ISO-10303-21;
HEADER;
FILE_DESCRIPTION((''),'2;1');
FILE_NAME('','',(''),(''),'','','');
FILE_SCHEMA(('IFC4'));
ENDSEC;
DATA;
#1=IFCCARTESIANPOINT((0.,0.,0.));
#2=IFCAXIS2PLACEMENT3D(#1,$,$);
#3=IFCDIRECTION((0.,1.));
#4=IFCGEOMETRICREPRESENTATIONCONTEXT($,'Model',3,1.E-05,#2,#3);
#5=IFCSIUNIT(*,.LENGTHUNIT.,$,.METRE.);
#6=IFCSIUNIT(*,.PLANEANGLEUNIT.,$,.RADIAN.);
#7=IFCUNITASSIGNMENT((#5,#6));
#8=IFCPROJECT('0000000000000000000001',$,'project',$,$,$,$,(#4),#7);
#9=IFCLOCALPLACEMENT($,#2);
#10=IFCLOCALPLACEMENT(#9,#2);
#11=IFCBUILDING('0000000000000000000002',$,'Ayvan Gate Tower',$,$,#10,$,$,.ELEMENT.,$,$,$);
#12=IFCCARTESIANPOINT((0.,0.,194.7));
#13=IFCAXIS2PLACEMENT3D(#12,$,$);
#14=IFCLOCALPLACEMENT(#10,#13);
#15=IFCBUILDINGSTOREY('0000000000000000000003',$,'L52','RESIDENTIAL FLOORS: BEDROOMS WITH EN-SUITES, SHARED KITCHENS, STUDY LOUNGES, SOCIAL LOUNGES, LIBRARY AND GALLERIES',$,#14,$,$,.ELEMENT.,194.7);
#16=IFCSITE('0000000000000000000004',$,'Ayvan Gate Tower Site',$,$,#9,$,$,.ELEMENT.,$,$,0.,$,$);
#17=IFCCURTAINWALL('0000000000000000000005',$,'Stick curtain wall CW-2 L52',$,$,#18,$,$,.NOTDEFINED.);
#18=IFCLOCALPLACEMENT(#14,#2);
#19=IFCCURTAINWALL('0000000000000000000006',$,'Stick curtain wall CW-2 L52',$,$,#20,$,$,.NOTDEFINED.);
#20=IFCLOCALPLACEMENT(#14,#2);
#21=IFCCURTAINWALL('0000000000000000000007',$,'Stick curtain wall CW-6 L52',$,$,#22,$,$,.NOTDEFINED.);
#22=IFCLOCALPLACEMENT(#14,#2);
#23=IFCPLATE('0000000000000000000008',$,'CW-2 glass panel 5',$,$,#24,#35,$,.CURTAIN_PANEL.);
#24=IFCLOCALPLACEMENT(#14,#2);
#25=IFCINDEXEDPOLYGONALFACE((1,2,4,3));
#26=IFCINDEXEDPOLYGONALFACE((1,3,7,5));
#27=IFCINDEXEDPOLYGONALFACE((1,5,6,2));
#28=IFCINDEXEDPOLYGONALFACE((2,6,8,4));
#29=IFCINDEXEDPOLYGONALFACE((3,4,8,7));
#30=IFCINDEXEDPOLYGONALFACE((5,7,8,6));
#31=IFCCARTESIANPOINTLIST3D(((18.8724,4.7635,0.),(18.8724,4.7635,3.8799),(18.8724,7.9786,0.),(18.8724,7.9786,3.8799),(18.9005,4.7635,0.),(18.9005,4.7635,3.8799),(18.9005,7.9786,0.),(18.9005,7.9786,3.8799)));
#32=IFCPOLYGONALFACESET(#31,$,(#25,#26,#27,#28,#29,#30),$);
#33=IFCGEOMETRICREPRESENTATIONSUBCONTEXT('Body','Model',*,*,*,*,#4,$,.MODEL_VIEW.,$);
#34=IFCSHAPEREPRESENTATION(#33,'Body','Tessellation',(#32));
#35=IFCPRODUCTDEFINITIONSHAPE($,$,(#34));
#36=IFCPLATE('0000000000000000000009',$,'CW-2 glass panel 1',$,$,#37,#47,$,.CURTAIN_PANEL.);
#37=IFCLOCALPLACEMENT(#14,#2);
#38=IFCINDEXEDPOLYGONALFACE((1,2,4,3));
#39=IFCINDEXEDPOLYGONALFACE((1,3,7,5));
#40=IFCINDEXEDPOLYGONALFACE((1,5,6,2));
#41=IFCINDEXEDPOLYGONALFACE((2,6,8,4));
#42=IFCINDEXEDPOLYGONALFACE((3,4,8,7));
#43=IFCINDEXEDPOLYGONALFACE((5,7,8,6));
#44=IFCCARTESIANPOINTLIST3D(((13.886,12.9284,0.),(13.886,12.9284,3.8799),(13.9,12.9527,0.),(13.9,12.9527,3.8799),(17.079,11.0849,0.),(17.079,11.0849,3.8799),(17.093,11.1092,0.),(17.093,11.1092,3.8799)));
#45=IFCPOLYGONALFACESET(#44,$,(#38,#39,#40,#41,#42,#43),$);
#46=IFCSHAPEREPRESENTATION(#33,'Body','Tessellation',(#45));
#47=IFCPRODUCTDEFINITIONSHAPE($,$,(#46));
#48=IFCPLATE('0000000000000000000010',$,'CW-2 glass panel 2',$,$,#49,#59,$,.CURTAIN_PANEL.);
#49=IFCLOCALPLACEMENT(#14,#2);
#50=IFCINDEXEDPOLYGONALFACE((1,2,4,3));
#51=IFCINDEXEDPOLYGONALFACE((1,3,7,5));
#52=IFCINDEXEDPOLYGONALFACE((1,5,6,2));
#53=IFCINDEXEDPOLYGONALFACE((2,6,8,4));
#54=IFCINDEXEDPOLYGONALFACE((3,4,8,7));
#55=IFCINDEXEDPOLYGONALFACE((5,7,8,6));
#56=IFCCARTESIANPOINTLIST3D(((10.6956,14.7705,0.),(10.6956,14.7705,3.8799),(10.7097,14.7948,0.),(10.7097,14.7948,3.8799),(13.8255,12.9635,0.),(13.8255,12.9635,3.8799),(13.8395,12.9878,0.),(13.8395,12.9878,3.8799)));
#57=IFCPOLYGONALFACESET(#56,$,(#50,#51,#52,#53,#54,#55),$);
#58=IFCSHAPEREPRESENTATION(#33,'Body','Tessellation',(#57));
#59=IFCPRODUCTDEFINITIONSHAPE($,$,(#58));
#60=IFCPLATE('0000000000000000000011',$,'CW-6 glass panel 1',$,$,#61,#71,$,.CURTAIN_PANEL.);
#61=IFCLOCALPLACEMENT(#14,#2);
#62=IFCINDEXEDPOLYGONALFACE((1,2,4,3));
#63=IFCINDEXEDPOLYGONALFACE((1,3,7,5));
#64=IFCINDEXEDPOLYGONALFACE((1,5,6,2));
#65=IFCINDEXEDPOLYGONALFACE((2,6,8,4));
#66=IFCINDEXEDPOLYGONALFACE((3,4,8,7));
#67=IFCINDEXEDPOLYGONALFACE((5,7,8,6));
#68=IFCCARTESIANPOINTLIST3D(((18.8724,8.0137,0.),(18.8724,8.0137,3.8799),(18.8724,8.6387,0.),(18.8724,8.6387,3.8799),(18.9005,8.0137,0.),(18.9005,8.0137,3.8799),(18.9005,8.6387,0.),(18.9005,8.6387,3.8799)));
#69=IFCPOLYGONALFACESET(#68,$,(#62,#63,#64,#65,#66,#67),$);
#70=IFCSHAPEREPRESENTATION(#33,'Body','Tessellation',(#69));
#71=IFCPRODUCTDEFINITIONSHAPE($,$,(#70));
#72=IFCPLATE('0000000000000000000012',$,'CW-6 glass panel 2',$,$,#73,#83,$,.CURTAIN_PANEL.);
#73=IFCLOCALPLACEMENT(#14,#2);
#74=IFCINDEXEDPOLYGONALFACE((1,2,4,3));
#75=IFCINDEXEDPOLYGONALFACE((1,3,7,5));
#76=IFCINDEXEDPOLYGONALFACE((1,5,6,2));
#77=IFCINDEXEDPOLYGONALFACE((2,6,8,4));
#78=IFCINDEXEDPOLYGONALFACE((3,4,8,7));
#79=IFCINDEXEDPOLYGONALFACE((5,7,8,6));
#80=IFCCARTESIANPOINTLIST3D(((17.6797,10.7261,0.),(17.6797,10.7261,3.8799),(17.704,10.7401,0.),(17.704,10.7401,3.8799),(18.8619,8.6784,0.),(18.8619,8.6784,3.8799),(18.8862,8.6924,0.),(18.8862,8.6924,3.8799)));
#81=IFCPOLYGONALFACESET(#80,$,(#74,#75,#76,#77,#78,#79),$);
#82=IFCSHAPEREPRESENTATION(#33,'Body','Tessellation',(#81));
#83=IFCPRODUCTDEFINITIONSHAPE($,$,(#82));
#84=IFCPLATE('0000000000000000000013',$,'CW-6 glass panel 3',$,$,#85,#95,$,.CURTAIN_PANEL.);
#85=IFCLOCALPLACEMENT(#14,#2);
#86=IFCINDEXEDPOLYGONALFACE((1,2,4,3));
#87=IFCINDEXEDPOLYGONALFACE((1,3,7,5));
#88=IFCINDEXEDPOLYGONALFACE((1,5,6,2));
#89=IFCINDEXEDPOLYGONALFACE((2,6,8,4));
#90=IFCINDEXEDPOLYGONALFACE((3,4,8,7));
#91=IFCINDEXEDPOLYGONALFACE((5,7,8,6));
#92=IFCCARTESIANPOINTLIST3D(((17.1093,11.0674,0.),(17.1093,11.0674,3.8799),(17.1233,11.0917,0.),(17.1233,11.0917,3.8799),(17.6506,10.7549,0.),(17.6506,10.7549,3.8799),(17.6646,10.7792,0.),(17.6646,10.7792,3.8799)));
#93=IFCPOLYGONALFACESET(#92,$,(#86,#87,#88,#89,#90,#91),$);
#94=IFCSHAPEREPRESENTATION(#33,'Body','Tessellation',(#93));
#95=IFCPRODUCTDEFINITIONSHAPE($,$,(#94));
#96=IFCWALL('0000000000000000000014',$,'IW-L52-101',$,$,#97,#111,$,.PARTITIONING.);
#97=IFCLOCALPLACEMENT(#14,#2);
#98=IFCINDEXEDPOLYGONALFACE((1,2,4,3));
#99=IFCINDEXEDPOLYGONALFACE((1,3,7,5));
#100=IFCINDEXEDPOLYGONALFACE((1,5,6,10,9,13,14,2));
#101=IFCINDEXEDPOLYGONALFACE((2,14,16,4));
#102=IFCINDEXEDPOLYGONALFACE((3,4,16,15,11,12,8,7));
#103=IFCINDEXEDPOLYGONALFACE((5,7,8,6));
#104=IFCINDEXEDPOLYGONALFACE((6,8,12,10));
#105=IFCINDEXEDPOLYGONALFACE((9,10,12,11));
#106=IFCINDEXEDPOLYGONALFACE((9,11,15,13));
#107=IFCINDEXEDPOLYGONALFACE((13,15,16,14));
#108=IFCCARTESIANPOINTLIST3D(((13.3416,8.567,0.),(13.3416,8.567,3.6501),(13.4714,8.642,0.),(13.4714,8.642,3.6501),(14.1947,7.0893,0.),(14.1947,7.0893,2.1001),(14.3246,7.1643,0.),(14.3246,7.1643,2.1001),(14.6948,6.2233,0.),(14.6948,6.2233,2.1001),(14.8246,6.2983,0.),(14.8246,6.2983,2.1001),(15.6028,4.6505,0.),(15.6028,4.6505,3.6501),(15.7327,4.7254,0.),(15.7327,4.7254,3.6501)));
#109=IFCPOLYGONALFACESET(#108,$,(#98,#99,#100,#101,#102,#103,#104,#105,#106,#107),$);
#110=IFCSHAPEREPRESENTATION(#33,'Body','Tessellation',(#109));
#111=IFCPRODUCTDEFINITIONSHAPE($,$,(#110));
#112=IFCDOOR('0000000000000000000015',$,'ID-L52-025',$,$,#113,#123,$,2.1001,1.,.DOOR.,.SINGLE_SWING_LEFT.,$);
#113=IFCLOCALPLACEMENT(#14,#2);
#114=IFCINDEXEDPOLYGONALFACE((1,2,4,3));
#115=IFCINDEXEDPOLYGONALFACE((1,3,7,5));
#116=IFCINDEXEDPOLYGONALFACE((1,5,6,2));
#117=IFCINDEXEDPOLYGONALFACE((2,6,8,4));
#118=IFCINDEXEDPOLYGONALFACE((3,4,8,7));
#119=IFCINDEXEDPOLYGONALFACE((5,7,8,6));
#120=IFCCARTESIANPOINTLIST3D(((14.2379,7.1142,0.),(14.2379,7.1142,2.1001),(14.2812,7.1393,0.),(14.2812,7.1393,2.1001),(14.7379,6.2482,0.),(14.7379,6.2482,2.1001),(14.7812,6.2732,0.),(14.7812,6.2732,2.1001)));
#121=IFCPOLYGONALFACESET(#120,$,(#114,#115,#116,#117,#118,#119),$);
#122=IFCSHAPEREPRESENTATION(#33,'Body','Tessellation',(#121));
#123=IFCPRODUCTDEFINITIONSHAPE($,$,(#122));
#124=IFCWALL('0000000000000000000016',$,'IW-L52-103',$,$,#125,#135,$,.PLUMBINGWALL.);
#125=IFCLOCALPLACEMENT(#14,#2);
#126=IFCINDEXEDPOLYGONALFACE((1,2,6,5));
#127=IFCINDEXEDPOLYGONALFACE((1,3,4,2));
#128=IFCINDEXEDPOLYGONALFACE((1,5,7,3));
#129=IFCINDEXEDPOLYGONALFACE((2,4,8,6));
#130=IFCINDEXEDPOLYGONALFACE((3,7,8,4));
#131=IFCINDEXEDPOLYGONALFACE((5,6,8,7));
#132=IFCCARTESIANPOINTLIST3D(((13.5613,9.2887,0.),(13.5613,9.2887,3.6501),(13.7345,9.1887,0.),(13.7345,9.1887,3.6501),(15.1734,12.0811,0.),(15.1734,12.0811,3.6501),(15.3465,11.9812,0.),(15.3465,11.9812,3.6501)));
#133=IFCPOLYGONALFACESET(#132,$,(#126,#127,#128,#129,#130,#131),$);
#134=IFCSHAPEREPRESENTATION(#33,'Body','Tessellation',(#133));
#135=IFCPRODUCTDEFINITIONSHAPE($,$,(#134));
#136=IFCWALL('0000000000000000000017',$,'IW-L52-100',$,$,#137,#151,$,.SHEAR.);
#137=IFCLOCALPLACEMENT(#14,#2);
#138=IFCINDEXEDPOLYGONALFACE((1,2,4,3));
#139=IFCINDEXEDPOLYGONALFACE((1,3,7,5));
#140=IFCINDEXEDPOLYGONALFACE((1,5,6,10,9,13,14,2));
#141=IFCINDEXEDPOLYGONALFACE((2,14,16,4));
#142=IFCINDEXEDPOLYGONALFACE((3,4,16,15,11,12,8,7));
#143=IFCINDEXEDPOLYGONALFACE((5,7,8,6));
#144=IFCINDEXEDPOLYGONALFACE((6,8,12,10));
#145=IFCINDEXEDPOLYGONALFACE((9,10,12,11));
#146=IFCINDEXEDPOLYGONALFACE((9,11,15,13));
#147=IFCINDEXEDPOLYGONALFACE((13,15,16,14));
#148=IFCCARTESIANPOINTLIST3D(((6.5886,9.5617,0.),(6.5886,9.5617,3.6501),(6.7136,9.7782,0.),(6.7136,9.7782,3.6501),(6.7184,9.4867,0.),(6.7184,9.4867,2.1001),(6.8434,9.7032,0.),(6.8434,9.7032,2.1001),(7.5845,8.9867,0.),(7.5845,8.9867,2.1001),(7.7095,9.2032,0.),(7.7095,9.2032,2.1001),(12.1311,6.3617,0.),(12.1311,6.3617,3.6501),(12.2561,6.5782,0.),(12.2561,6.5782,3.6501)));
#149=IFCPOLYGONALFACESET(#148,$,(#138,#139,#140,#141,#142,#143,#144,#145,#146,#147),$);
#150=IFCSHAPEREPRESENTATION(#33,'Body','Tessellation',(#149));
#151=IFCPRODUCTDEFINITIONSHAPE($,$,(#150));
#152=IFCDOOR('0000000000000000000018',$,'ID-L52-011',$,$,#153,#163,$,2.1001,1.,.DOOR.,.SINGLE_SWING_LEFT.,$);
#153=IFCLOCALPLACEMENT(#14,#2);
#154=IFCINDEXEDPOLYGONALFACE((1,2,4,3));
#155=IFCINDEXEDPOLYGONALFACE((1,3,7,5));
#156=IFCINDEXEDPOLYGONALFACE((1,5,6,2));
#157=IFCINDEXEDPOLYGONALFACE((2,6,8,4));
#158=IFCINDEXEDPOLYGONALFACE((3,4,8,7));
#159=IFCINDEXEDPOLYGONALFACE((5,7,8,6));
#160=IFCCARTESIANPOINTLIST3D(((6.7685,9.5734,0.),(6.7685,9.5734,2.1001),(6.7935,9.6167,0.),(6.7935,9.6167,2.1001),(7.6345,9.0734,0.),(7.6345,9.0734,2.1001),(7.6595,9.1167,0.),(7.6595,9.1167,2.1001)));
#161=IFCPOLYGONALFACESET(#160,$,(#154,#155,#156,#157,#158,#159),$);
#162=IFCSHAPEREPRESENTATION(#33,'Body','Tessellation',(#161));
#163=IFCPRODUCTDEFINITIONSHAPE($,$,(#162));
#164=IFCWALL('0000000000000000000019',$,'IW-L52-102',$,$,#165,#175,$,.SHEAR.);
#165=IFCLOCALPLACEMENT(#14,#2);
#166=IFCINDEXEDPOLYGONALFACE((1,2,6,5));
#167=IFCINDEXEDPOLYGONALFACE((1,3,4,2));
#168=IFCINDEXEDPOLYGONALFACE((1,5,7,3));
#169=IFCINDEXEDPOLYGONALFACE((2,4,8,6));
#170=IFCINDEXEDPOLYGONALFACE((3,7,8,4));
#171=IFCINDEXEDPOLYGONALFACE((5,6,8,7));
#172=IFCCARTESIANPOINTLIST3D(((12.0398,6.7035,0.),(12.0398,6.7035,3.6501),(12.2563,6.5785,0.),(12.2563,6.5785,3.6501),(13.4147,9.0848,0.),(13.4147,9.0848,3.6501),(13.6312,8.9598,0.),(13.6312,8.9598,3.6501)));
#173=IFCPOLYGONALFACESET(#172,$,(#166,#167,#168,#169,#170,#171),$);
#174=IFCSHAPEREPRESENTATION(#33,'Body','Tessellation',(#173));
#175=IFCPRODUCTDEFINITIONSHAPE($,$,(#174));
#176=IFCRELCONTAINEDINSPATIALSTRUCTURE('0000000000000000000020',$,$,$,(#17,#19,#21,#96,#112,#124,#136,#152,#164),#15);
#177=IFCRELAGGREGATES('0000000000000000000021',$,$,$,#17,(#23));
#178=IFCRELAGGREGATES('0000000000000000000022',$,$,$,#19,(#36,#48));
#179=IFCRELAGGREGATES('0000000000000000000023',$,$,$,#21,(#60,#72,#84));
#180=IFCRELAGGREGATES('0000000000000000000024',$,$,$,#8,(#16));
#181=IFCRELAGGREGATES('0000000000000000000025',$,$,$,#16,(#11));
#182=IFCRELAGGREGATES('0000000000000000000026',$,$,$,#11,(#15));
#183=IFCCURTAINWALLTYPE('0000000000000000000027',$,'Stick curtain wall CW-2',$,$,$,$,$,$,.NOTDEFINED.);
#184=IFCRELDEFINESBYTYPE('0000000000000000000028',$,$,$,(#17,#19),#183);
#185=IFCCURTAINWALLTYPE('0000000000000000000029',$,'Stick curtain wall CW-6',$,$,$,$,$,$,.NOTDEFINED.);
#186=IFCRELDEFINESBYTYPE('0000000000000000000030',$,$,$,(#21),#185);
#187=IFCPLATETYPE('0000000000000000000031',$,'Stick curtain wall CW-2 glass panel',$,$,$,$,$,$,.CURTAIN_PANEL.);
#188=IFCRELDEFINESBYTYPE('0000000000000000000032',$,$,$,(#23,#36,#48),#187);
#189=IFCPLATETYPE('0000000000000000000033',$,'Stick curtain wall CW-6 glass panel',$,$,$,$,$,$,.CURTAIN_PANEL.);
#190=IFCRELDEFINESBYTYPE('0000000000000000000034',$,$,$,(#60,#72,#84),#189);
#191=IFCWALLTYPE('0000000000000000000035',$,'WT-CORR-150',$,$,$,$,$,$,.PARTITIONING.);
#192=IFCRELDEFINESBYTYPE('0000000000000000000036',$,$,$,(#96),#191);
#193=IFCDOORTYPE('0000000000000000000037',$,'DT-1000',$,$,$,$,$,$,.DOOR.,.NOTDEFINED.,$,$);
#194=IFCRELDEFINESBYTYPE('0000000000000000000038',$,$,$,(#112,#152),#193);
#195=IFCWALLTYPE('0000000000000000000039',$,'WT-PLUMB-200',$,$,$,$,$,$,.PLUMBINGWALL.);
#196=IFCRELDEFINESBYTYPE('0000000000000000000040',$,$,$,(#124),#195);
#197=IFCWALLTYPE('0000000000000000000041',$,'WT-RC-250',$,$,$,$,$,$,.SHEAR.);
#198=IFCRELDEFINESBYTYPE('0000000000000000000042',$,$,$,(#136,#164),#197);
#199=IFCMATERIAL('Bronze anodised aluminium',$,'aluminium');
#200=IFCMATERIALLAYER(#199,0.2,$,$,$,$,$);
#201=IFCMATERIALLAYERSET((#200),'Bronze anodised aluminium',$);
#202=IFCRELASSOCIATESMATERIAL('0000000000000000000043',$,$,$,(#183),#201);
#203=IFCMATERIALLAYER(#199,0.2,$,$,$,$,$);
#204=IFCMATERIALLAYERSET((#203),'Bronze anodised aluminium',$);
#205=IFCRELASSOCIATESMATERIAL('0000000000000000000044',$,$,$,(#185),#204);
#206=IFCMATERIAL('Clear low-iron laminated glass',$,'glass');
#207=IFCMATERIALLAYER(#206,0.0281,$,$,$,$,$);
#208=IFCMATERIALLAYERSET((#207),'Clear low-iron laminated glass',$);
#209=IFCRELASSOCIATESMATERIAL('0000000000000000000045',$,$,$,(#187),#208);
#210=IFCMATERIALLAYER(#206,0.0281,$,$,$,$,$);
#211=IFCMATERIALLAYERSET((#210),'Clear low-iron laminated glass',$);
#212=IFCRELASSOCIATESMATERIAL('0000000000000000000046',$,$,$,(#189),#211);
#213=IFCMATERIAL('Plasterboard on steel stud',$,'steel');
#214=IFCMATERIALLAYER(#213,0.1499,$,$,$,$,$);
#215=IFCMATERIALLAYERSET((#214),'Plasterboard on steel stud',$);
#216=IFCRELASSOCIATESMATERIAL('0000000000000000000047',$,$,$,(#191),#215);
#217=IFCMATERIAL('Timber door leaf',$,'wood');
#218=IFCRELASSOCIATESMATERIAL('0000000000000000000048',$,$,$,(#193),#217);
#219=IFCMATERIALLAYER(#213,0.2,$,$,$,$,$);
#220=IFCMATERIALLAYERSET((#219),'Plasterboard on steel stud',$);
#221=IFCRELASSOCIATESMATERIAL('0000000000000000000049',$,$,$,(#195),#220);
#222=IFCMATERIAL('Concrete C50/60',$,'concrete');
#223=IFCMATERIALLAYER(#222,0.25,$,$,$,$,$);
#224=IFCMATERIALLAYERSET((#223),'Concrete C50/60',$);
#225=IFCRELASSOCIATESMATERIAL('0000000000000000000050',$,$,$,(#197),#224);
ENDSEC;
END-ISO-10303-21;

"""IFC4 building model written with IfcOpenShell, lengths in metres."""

from ifc_helpers import new_model, si_unit, direction, frame, frame_2d, origin, origin_2d, place, context, subcontext, project, spatial, rectangle, extrude, material, layer, layer_set, type_object, element, fill, aggregate, save


model = new_model("IFC4")

# Units and contexts
model_context = context("Model", 3, precision=1e-05, world=origin(), true_north=direction((0.0, 1.0)))
body_context = subcontext(model_context, "Body", "Model", "MODEL_VIEW")
ifc_project = project(units=[si_unit("LENGTHUNIT", "METRE"), si_unit("PLANEANGLEUNIT", "RADIAN")], contexts=[model_context])

# Site, building, storey
site_placement = place(None, origin())
site = spatial("IfcSite", under=ifc_project, at=site_placement, Name="Ayvan Gate Tower Site", CompositionType="ELEMENT", RefElevation=0.0)
building_placement = place(site_placement, origin())
building = spatial("IfcBuilding", under=site, at=building_placement, Name="Ayvan Gate Tower", CompositionType="ELEMENT")
storey_placement = place(building_placement, frame((0.0, 0.0, 194.7)))
storey = spatial("IfcBuildingStorey", under=building, at=storey_placement, Name="L52", Description="RESIDENTIAL FLOORS: BEDROOMS WITH EN-SUITES, SHARED KITCHENS, STUDY LOUNGES, SOCIAL LOUNGES, LIBRARY AND GALLERIES", CompositionType="ELEMENT", Elevation=194.7)

# Curtain wall
ifc_material_1 = material(Name="Bronze anodised aluminium", Category="aluminium")
ifc_layer_1 = layer(ifc_material_1, 0.2)
ifc_layer_set_1 = layer_set([ifc_layer_1], Name="Bronze anodised aluminium")
curtain_wall_type_1 = type_object("IfcCurtainWallType", Name="Stick curtain wall CW-2", PredefinedType="NOTDEFINED", material=ifc_layer_set_1)
curtain_wall_1_placement = place(storey_placement, origin())
curtain_wall_1 = element("IfcCurtainWall", 1, at=curtain_wall_1_placement, inside=storey, type_object=curtain_wall_type_1, Name="Stick curtain wall CW-2 L52", PredefinedType="NOTDEFINED")

# Curtain walls
curtain_wall_2_placement = place(storey_placement, origin())
curtain_wall_2 = element("IfcCurtainWall", 2, at=curtain_wall_2_placement, inside=storey, type_object=curtain_wall_type_1, Name="Stick curtain wall CW-2 L52", PredefinedType="NOTDEFINED")
ifc_layer_2 = layer(ifc_material_1, 0.2)
ifc_layer_set_2 = layer_set([ifc_layer_2], Name="Bronze anodised aluminium")
curtain_wall_type_2 = type_object("IfcCurtainWallType", Name="Stick curtain wall CW-6", PredefinedType="NOTDEFINED", material=ifc_layer_set_2)
curtain_wall_3_placement = place(storey_placement, origin())
curtain_wall_3 = element("IfcCurtainWall", 3, at=curtain_wall_3_placement, inside=storey, type_object=curtain_wall_type_2, Name="Stick curtain wall CW-6 L52", PredefinedType="NOTDEFINED")

# Plates
ifc_material_2 = material(Name="Clear low-iron laminated glass", Category="glass")
ifc_layer_3 = layer(ifc_material_2, 0.0281)
ifc_layer_set_3 = layer_set([ifc_layer_3], Name="Clear low-iron laminated glass")
plate_type_1 = type_object("IfcPlateType", Name="Stick curtain wall CW-2 glass panel", PredefinedType="CURTAIN_PANEL", material=ifc_layer_set_3)
plate_1_placement = place(storey_placement, frame((18.8865, 6.3711, 0.0), z_axis=(0.0, 0.0, 1.0), x_axis=(0.0, 1.0, 0.0)))
plate_1 = element("IfcPlate", 4, at=plate_1_placement, type_object=plate_type_1, Name="CW-2 glass panel 5", PredefinedType="CURTAIN_PANEL", context=body_context, shape_type="SweptSolid", body=[
    extrude(rectangle(XDim=3.2151, YDim=0.0281, at=origin_2d()), origin(), (0.0, 0.0, 1.0), 3.8799),
])
aggregate(curtain_wall_1, [plate_1])
plate_2_placement = place(storey_placement, frame((15.4895, 12.0188, 0.0), z_axis=(0.0, 0.0, 1.0), x_axis=(-0.866025, 0.5, 0.0)))
plate_2 = element("IfcPlate", 5, at=plate_2_placement, type_object=plate_type_1, Name="CW-2 glass panel 1", PredefinedType="CURTAIN_PANEL", context=body_context, shape_type="SweptSolid", body=[
    extrude(rectangle(XDim=3.687, YDim=0.0281, at=origin_2d()), origin(), (0.0, 0.0, 1.0), 3.8799),
])
plate_3_placement = place(storey_placement, frame((12.2676, 13.8792, 0.0), z_axis=(0.0, 0.0, 1.0), x_axis=(-0.866025, 0.5, 0.0)))
plate_3 = element("IfcPlate", 6, at=plate_3_placement, type_object=plate_type_1, Name="CW-2 glass panel 2", PredefinedType="CURTAIN_PANEL", context=body_context, shape_type="SweptSolid", body=[
    extrude(rectangle(XDim=3.614, YDim=0.0281, at=origin_2d()), origin(), (0.0, 0.0, 1.0), 3.8799),
])
aggregate(curtain_wall_2, [plate_2, plate_3])
ifc_layer_4 = layer(ifc_material_2, 0.0281)
ifc_layer_set_4 = layer_set([ifc_layer_4], Name="Clear low-iron laminated glass")
plate_type_2 = type_object("IfcPlateType", Name="Stick curtain wall CW-6 glass panel", PredefinedType="CURTAIN_PANEL", material=ifc_layer_set_4)
plate_4_placement = place(storey_placement, frame((18.8865, 8.3262, 0.0), z_axis=(0.0, 0.0, 1.0), x_axis=(0.0, 1.0, 0.0)))
plate_4 = element("IfcPlate", 7, at=plate_4_placement, type_object=plate_type_2, Name="CW-6 glass panel 1", PredefinedType="CURTAIN_PANEL", context=body_context, shape_type="SweptSolid", body=[
    extrude(rectangle(XDim=0.625, YDim=0.0281, at=origin_2d()), origin(), (0.0, 0.0, 1.0), 3.8799),
])
plate_5_placement = place(storey_placement, frame((18.283, 9.7092, 0.0), z_axis=(0.0, 0.0, 1.0), x_axis=(-0.5, 0.866025, 0.0)))
plate_5 = element("IfcPlate", 8, at=plate_5_placement, type_object=plate_type_2, Name="CW-6 glass panel 2", PredefinedType="CURTAIN_PANEL", context=body_context, shape_type="SweptSolid", body=[
    extrude(rectangle(XDim=2.3645, YDim=0.0281, at=origin_2d()), origin(), (0.0, 0.0, 1.0), 3.8799),
])
plate_6_placement = place(storey_placement, frame((17.387, 10.9233, 0.0), z_axis=(0.0, 0.0, 1.0), x_axis=(-0.866025, 0.5, 0.0)))
plate_6 = element("IfcPlate", 9, at=plate_6_placement, type_object=plate_type_2, Name="CW-6 glass panel 3", PredefinedType="CURTAIN_PANEL", context=body_context, shape_type="SweptSolid", body=[
    extrude(rectangle(XDim=0.625, YDim=0.0281, at=origin_2d()), origin(), (0.0, 0.0, 1.0), 3.8799),
])
aggregate(curtain_wall_3, [plate_4, plate_5, plate_6])

# Wall, opening, door
ifc_material_3 = material(Name="Plasterboard on steel stud", Category="steel")
ifc_layer_5 = layer(ifc_material_3, 0.1499)
ifc_layer_set_5 = layer_set([ifc_layer_5], Name="Plasterboard on steel stud")
wall_type_1 = type_object("IfcWallType", Name="WT-CORR-150", PredefinedType="PARTITIONING", material=ifc_layer_set_5)
wall_1_placement = place(storey_placement, frame((13.4065, 8.6045, 0.0), z_axis=(0.0, 0.0, 1.0), x_axis=(0.500006, -0.866022, 0.0)))
wall_1 = element("IfcWall", 10, at=wall_1_placement, inside=storey, type_object=wall_type_1, Name="IW-L52-101", PredefinedType="PARTITIONING", context=body_context, shape_type="SweptSolid", body=[
    extrude(rectangle(XDim=4.5225, YDim=0.1499, at=frame_2d((2.2612, 0.0))), origin(), (0.0, 0.0, 1.0), 3.6501),
])
opening_1_placement = place(wall_1_placement, frame((1.7063, 0.0, 0.0)))
opening_1 = element("IfcOpeningElement", 11, at=opening_1_placement, cuts=wall_1, PredefinedType="OPENING", context=body_context, shape_type="SweptSolid", body=[
    extrude(rectangle(XDim=1.0, YDim=2.1001, at=frame_2d((0.5, 1.05))), frame((0.0, 0.085, 0.0), z_axis=(0.0, -1.0, 0.0), x_axis=(1.0, 0.0, 0.0)), (0.0, 0.0, 1.0), 0.1699),
])
ifc_material_4 = material(Name="Timber door leaf", Category="wood")
door_type = type_object("IfcDoorType", Name="DT-1000", OperationType="NOTDEFINED", PredefinedType="DOOR", material=ifc_material_4)
door_1_placement = place(opening_1_placement, origin())
door_1 = element("IfcDoor", 12, at=door_1_placement, inside=storey, type_object=door_type, Name="ID-L52-025", OperationType="SINGLE_SWING_LEFT", OverallHeight=2.1001, OverallWidth=1.0, PredefinedType="DOOR", context=body_context, shape_type="SweptSolid", body=[
    extrude(rectangle(XDim=1.0, YDim=2.1001, at=frame_2d((0.5, 1.05))), frame((0.0, 0.0249, 0.0), z_axis=(0.0, -1.0, 0.0), x_axis=(1.0, 0.0, 0.0)), (0.0, 0.0, 1.0), 0.05),
])
fill(opening_1, door_1)

# Wall
ifc_layer_6 = layer(ifc_material_3, 0.2)
ifc_layer_set_6 = layer_set([ifc_layer_6], Name="Plasterboard on steel stud")
wall_type_2 = type_object("IfcWallType", Name="WT-PLUMB-200", PredefinedType="PLUMBINGWALL", material=ifc_layer_set_6)
wall_2_placement = place(storey_placement, frame((15.26, 12.0312, 0.0), z_axis=(0.0, 0.0, 1.0), x_axis=(-0.499958, -0.866049, 0.0)))
element("IfcWall", 13, at=wall_2_placement, inside=storey, type_object=wall_type_2, Name="IW-L52-103", PredefinedType="PLUMBINGWALL", context=body_context, shape_type="SweptSolid", body=[
    extrude(rectangle(XDim=3.2244, YDim=0.2, at=frame_2d((1.6123, 0.0))), origin(), (0.0, 0.0, 1.0), 3.6501),
])

# Wall, opening, door
ifc_material_5 = material(Name="Concrete C50/60", Category="concrete")
ifc_layer_7 = layer(ifc_material_5, 0.25)
ifc_layer_set_7 = layer_set([ifc_layer_7], Name="Concrete C50/60")
wall_type_3 = type_object("IfcWallType", Name="WT-RC-250", PredefinedType="SHEAR", material=ifc_layer_set_7)
wall_3_placement = place(storey_placement, frame((12.1936, 6.47, 0.0), z_axis=(0.0, 0.0, 1.0), x_axis=(-0.866025, 0.5, 0.0)))
wall_3 = element("IfcWall", 14, at=wall_3_placement, inside=storey, type_object=wall_type_3, Name="IW-L52-100", PredefinedType="SHEAR", context=body_context, shape_type="SweptSolid", body=[
    extrude(rectangle(XDim=6.3999, YDim=0.25, at=frame_2d((3.2, 0.0))), origin(), (0.0, 0.0, 1.0), 3.6501),
])
opening_2_placement = place(wall_3_placement, frame((5.25, 0.0, 0.0)))
opening_2 = element("IfcOpeningElement", 15, at=opening_2_placement, cuts=wall_3, PredefinedType="OPENING", context=body_context, shape_type="SweptSolid", body=[
    extrude(rectangle(XDim=1.0, YDim=2.1001, at=frame_2d((0.5, 1.05))), frame((0.0, 0.135, 0.0), z_axis=(0.0, -1.0, 0.0), x_axis=(1.0, 0.0, 0.0)), (0.0, 0.0, 1.0), 0.27),
])
door_2_placement = place(opening_2_placement, origin())
door_2 = element("IfcDoor", 16, at=door_2_placement, inside=storey, type_object=door_type, Name="ID-L52-011", OperationType="SINGLE_SWING_LEFT", OverallHeight=2.1001, OverallWidth=1.0, PredefinedType="DOOR", context=body_context, shape_type="SweptSolid", body=[
    extrude(rectangle(XDim=1.0, YDim=2.1001, at=frame_2d((0.5, 1.05))), frame((0.0, 0.0249, 0.0), z_axis=(0.0, -1.0, 0.0), x_axis=(1.0, 0.0, 0.0)), (0.0, 0.0, 1.0), 0.05),
])
fill(opening_2, door_2)

# Wall
wall_4_placement = place(storey_placement, frame((12.1479, 6.6409, 0.0), z_axis=(0.0, 0.0, 1.0), x_axis=(0.500035, 0.866005, 0.0)))
element("IfcWall", 17, at=wall_4_placement, inside=storey, type_object=wall_type_3, Name="IW-L52-102", PredefinedType="SHEAR", context=body_context, shape_type="SweptSolid", body=[
    extrude(rectangle(XDim=2.7498, YDim=0.25, at=frame_2d((1.375, 0.0))), origin(), (0.0, 0.0, 1.0), 3.6501),
])

save(model, "model.ifc")
